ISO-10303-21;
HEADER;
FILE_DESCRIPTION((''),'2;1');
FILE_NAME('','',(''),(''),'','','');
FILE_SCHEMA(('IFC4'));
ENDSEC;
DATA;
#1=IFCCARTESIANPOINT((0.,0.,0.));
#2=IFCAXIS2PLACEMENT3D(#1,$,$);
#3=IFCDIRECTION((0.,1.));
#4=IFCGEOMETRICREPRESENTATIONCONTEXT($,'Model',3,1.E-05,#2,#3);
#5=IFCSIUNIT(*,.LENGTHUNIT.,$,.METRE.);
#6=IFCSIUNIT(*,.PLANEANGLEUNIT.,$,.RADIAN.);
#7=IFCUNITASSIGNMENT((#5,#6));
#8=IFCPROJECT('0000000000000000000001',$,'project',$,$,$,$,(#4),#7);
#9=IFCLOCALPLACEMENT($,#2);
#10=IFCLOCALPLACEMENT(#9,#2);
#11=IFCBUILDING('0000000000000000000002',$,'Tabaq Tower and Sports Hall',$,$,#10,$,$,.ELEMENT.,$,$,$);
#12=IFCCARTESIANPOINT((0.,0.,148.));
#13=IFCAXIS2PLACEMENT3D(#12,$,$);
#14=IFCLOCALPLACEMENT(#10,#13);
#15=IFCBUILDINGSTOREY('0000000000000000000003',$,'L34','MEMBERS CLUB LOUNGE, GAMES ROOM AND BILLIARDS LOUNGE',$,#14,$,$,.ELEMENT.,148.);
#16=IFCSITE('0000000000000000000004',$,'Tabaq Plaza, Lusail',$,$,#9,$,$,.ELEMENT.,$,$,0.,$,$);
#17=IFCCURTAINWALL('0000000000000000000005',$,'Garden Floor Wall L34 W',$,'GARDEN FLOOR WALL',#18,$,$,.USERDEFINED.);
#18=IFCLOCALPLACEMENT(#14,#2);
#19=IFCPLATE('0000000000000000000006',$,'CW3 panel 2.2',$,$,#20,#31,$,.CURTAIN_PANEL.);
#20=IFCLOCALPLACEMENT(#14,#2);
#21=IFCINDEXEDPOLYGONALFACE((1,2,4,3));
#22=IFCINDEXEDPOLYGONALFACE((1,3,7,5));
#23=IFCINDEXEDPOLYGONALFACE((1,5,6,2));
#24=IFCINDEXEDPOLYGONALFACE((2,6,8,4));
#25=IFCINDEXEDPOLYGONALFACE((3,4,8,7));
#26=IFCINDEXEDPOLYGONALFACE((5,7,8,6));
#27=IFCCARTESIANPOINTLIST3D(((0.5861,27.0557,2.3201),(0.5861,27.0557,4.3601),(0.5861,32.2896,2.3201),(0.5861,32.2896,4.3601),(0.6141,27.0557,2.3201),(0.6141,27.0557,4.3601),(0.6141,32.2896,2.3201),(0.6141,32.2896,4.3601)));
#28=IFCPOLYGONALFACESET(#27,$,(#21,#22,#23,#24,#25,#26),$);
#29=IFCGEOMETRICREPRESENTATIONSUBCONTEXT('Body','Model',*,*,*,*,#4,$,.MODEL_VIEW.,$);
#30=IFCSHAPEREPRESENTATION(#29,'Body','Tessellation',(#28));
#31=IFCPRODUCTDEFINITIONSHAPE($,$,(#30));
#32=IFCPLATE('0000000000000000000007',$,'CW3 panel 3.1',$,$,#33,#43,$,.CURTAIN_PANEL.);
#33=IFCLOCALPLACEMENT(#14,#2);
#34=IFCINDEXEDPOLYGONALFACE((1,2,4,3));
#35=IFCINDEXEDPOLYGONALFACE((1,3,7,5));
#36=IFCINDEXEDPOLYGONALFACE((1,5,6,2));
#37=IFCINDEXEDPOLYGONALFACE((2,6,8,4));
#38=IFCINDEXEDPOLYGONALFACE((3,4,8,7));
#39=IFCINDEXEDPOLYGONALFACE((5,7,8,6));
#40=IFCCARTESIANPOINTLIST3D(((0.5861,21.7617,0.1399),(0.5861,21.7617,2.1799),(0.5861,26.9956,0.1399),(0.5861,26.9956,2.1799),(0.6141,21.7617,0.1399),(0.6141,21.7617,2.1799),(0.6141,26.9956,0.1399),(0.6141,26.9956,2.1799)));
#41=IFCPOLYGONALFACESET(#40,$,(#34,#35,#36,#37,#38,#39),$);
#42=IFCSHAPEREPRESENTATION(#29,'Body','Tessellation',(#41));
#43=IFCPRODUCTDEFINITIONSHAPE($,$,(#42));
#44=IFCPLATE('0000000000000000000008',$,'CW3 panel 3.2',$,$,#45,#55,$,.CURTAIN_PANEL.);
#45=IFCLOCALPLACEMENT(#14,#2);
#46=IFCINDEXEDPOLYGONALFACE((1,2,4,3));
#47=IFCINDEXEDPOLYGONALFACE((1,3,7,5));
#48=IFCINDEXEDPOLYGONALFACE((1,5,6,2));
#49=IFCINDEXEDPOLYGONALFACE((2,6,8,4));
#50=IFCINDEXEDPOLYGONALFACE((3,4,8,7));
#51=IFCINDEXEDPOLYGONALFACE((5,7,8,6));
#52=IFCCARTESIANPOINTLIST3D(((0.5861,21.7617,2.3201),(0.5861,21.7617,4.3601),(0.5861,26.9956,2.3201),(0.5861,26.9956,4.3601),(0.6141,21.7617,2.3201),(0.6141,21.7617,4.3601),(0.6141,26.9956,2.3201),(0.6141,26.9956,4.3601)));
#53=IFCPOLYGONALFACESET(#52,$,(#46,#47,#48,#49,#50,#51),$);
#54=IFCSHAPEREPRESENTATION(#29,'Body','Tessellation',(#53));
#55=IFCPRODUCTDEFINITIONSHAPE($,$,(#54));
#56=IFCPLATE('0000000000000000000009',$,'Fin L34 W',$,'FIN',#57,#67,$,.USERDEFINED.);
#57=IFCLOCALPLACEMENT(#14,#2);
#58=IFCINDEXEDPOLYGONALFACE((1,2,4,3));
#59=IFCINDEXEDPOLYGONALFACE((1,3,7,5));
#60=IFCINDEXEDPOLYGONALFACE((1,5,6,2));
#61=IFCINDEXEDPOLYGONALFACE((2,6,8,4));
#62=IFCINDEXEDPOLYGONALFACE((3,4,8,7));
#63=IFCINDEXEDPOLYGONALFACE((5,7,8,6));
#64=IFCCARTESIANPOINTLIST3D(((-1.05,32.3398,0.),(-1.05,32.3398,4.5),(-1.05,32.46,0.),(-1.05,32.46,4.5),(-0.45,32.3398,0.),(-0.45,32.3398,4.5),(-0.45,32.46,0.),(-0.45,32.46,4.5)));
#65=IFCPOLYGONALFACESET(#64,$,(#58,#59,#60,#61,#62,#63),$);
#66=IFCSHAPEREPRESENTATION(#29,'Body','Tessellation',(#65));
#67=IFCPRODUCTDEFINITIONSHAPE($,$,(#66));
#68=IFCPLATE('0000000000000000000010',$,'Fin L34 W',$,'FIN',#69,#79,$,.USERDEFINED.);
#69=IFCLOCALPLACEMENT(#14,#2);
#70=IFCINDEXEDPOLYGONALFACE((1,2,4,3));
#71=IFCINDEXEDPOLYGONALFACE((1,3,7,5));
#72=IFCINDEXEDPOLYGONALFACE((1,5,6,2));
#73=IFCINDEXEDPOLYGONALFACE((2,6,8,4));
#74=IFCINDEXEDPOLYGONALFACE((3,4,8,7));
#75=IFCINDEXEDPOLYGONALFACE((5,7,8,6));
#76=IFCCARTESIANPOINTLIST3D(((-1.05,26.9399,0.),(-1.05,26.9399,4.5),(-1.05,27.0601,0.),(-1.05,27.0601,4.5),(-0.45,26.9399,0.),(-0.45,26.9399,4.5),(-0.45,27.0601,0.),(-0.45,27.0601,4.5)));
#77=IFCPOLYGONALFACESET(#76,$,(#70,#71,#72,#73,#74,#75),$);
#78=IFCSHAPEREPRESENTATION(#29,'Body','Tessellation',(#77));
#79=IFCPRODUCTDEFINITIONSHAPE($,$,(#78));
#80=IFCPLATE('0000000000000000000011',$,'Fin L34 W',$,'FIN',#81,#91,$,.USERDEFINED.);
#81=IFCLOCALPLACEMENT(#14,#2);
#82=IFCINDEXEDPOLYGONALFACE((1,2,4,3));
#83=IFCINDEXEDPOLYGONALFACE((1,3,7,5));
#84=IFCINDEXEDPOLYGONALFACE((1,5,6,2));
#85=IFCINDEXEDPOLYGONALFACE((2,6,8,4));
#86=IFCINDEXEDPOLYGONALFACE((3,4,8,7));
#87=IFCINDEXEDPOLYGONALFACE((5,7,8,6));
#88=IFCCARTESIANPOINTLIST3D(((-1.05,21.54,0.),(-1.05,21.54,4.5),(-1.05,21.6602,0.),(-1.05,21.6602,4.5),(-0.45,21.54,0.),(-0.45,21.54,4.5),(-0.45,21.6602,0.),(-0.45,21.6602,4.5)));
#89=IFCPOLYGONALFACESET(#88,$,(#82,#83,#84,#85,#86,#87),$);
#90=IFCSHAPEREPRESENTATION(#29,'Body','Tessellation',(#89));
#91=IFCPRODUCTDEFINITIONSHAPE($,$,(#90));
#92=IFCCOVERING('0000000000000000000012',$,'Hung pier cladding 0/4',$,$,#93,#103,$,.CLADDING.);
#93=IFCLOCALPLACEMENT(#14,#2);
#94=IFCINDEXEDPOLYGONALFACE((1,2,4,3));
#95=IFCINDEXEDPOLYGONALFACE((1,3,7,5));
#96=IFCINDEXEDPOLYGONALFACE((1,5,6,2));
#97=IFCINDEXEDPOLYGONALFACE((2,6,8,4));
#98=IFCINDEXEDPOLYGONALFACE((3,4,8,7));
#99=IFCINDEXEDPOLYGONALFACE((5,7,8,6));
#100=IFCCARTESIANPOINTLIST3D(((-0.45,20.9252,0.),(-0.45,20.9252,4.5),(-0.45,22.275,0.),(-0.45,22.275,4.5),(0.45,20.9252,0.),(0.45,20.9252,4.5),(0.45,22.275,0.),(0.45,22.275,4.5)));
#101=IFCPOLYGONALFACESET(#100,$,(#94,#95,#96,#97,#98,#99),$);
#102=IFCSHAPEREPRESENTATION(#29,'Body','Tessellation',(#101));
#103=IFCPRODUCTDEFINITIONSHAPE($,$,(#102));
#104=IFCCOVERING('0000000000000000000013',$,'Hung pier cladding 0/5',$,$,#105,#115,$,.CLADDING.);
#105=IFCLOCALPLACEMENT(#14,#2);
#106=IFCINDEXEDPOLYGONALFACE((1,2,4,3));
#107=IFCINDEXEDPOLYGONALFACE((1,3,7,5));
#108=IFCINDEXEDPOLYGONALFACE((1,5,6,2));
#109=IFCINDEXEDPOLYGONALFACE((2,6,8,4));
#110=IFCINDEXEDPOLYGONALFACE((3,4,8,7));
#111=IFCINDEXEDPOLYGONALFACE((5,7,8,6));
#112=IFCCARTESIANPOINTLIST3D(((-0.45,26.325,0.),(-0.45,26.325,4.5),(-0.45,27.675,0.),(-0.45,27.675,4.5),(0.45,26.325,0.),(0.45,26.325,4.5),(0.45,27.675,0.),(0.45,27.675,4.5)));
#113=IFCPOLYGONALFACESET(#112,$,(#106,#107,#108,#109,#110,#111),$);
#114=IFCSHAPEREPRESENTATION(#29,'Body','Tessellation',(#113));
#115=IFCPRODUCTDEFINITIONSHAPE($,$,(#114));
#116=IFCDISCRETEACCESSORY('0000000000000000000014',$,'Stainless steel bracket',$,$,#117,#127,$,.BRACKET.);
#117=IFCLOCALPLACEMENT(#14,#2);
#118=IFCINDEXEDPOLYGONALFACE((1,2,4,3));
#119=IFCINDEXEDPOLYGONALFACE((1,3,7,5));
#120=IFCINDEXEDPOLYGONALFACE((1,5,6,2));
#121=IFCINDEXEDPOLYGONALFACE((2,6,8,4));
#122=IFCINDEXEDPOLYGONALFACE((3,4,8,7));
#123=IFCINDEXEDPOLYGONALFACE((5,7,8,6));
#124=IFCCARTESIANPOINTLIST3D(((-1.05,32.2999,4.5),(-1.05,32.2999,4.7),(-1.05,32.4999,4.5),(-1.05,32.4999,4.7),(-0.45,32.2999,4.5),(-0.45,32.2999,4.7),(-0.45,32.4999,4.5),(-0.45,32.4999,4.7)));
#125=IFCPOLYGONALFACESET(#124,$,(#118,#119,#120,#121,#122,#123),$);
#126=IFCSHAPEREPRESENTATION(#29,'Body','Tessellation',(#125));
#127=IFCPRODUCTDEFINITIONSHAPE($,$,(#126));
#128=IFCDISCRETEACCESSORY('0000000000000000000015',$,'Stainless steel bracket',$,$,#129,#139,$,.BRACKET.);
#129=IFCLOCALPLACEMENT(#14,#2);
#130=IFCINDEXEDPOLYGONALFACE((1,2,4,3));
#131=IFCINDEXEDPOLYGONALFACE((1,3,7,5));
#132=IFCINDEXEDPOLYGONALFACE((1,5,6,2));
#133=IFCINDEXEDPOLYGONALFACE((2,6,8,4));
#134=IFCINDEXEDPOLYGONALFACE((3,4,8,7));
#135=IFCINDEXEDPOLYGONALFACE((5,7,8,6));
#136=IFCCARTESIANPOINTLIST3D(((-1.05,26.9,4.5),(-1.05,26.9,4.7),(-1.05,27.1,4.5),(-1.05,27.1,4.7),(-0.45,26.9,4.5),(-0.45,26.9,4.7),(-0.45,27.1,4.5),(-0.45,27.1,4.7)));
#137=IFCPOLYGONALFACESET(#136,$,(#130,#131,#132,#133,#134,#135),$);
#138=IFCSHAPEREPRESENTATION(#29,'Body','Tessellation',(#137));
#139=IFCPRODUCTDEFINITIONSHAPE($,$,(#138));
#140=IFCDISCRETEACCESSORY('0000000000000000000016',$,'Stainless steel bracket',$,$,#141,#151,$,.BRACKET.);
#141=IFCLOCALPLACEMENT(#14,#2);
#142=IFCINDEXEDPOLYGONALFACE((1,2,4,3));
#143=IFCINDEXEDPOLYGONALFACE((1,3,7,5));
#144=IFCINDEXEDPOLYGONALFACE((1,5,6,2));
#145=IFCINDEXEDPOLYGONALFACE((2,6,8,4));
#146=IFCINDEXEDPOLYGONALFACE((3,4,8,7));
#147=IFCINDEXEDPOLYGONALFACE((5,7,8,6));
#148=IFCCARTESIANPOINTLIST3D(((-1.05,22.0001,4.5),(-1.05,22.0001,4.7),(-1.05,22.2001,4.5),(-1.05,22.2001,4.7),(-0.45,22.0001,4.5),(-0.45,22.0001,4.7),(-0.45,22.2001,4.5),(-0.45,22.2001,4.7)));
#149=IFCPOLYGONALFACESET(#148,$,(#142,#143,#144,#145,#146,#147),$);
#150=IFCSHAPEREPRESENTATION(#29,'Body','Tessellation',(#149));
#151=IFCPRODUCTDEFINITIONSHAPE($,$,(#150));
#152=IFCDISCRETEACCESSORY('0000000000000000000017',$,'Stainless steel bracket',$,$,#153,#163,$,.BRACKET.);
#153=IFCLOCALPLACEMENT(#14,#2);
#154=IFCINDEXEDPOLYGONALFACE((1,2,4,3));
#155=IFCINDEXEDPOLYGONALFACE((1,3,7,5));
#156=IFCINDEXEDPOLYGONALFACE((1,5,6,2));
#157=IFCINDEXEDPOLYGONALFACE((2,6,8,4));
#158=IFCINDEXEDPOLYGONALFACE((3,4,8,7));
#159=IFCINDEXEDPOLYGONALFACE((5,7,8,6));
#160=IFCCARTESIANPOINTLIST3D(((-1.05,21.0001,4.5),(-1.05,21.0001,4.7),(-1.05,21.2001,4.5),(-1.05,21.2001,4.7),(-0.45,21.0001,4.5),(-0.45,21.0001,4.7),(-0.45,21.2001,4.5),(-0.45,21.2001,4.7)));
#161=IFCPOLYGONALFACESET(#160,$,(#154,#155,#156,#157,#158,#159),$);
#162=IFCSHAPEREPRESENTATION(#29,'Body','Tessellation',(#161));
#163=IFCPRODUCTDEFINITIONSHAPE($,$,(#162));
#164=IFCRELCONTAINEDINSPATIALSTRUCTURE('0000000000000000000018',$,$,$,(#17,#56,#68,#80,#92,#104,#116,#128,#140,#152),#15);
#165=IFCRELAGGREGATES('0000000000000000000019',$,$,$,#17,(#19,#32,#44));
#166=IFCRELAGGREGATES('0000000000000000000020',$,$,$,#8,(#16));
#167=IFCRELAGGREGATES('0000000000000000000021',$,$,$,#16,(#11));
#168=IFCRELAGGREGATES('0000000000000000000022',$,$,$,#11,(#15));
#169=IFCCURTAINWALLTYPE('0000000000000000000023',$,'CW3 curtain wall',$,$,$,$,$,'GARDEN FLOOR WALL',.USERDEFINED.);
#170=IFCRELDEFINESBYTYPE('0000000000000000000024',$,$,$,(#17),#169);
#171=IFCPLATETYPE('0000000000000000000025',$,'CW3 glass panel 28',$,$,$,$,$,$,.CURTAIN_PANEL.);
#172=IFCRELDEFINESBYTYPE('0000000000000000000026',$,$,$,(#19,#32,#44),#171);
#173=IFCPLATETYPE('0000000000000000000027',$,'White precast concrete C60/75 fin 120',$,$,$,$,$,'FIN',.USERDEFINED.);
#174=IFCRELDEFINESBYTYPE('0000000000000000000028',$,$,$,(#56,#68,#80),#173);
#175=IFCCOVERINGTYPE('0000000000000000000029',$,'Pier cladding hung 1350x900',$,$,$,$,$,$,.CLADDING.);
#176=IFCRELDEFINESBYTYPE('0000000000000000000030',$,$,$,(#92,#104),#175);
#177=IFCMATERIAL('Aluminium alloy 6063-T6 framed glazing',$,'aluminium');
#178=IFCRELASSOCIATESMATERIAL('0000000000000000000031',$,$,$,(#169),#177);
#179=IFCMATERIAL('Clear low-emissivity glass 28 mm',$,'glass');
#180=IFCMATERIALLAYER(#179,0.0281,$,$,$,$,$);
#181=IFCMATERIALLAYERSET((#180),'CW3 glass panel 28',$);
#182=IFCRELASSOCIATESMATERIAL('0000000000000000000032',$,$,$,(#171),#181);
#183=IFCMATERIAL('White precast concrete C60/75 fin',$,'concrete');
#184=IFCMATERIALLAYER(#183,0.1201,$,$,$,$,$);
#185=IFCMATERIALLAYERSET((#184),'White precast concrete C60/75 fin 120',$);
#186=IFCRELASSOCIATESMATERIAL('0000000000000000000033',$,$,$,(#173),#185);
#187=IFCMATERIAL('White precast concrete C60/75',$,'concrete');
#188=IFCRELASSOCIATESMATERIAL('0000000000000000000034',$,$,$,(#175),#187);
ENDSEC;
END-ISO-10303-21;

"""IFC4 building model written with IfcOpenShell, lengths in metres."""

from ifc_helpers import new_model, si_unit, direction, frame, frame_2d, origin, origin_2d, place, context, subcontext, project, spatial, rectangle, extrude, material, layer, layer_set, type_object, element, aggregate, save


model = new_model("IFC4")

# Units and contexts
model_context = context("Model", 3, precision=1e-05, world=origin(), true_north=direction((0.0, 1.0)))
body_context = subcontext(model_context, "Body", "Model", "MODEL_VIEW")
ifc_project = project(units=[si_unit("LENGTHUNIT", "METRE"), si_unit("PLANEANGLEUNIT", "RADIAN")], contexts=[model_context])

# Site, building, storey
site_placement = place(None, origin())
site = spatial("IfcSite", under=ifc_project, at=site_placement, Name="Tabaq Plaza, Lusail", CompositionType="ELEMENT", RefElevation=0.0)
building_placement = place(site_placement, origin())
building = spatial("IfcBuilding", under=site, at=building_placement, Name="Tabaq Tower and Sports Hall", CompositionType="ELEMENT")
storey_placement = place(building_placement, frame((0.0, 0.0, 148.0)))
storey = spatial("IfcBuildingStorey", under=building, at=storey_placement, Name="L34", Description="MEMBERS CLUB LOUNGE, GAMES ROOM AND BILLIARDS LOUNGE", CompositionType="ELEMENT", Elevation=148.0)

# Curtain wall
ifc_material_1 = material(Name="Aluminium alloy 6063-T6 framed glazing", Category="aluminium")
curtain_wall_type = type_object("IfcCurtainWallType", Name="CW3 curtain wall", ElementType="GARDEN FLOOR WALL", PredefinedType="USERDEFINED", material=ifc_material_1)
curtain_wall_placement = place(storey_placement, origin())
curtain_wall = element("IfcCurtainWall", 1, at=curtain_wall_placement, inside=storey, type_object=curtain_wall_type, Name="Garden Floor Wall L34 W", ObjectType="GARDEN FLOOR WALL", PredefinedType="USERDEFINED")

# Plates
ifc_material_2 = material(Name="Clear low-emissivity glass 28 mm", Category="glass")
ifc_layer_1 = layer(ifc_material_2, 0.0281)
ifc_layer_set_1 = layer_set([ifc_layer_1], Name="CW3 glass panel 28")
plate_type_1 = type_object("IfcPlateType", Name="CW3 glass panel 28", PredefinedType="CURTAIN_PANEL", material=ifc_layer_set_1)
plate_1_placement = place(storey_placement, frame((0.6001, 29.6726, 2.3201), z_axis=(0.0, 0.0, 1.0), x_axis=(0.0, -1.0, 0.0)))
plate_1 = element("IfcPlate", 2, at=plate_1_placement, type_object=plate_type_1, Name="CW3 panel 2.2", PredefinedType="CURTAIN_PANEL", context=body_context, shape_type="SweptSolid", body=[
    extrude(rectangle(XDim=5.2339, YDim=0.0281, at=origin_2d()), origin(), (0.0, 0.0, 1.0), 2.04),
])
plate_2_placement = place(storey_placement, frame((0.6001, 24.3787, 0.1399), z_axis=(0.0, 0.0, 1.0), x_axis=(0.0, -1.0, 0.0)))
plate_2 = element("IfcPlate", 3, at=plate_2_placement, type_object=plate_type_1, Name="CW3 panel 3.1", PredefinedType="CURTAIN_PANEL", context=body_context, shape_type="SweptSolid", body=[
    extrude(rectangle(XDim=5.2339, YDim=0.0281, at=origin_2d()), origin(), (0.0, 0.0, 1.0), 2.04),
])
plate_3_placement = place(storey_placement, frame((0.6001, 24.3787, 2.3201), z_axis=(0.0, 0.0, 1.0), x_axis=(0.0, -1.0, 0.0)))
plate_3 = element("IfcPlate", 4, at=plate_3_placement, type_object=plate_type_1, Name="CW3 panel 3.2", PredefinedType="CURTAIN_PANEL", context=body_context, shape_type="SweptSolid", body=[
    extrude(rectangle(XDim=5.2339, YDim=0.0281, at=origin_2d()), origin(), (0.0, 0.0, 1.0), 2.04),
])
aggregate(curtain_wall, [plate_1, plate_2, plate_3])

# Plates
ifc_material_3 = material(Name="White precast concrete C60/75 fin", Category="concrete")
ifc_layer_2 = layer(ifc_material_3, 0.1201)
ifc_layer_set_2 = layer_set([ifc_layer_2], Name="White precast concrete C60/75 fin 120")
plate_type_2 = type_object("IfcPlateType", Name="White precast concrete C60/75 fin 120", ElementType="FIN", PredefinedType="USERDEFINED", material=ifc_layer_set_2)
for number, where, z_axis, x_axis, name in (
    (5, (-0.75, 32.3999, 0.0), (0.0, 0.0, 1.0), (0.0, -1.0, 0.0), "Fin L34 W"),
    (6, (-0.75, 27.0, 0.0), (0.0, 0.0, 1.0), (0.0, -1.0, 0.0), "Fin L34 W"),
    (7, (-0.75, 21.6001, 0.0), (0.0, 0.0, 1.0), (0.0, -1.0, 0.0), "Fin L34 W"),
):
    element("IfcPlate", number, at=place(storey_placement, frame(where, z_axis=z_axis, x_axis=x_axis)), inside=storey, type_object=plate_type_2, Name=name, ObjectType="FIN", PredefinedType="USERDEFINED", context=body_context, shape_type="SweptSolid", body=[
        extrude(rectangle(XDim=0.1201, YDim=0.6001, at=origin_2d()), origin(), (0.0, 0.0, 1.0), 4.5),
    ])

# Coverings
ifc_material_4 = material(Name="White precast concrete C60/75", Category="concrete")
covering_type = type_object("IfcCoveringType", Name="Pier cladding hung 1350x900", PredefinedType="CLADDING", material=ifc_material_4)
covering_1_placement = place(storey_placement, frame((0.0, 22.2749, 0.0), z_axis=(0.0, 0.0, 1.0), x_axis=(0.0, -1.0, 0.0)))
element("IfcCovering", 8, at=covering_1_placement, inside=storey, type_object=covering_type, Name="Hung pier cladding 0/4", PredefinedType="CLADDING", context=body_context, shape_type="SweptSolid", body=[
    extrude(rectangle(XDim=1.3499, YDim=0.8999, at=frame_2d((0.6748, 0.0))), origin(), (0.0, 0.0, 1.0), 4.5),
])
covering_2_placement = place(storey_placement, frame((0.0, 27.675, 0.0), z_axis=(0.0, 0.0, 1.0), x_axis=(0.0, -1.0, 0.0)))
element("IfcCovering", 9, at=covering_2_placement, inside=storey, type_object=covering_type, Name="Hung pier cladding 0/5", PredefinedType="CLADDING", context=body_context, shape_type="SweptSolid", body=[
    extrude(rectangle(XDim=1.3501, YDim=0.8999, at=frame_2d((0.675, 0.0))), origin(), (0.0, 0.0, 1.0), 4.5),
])

# Discrete accessories
for number, where, z_axis, x_axis, name in (
    (10, (-0.75, 32.3999, 4.5), (0.0, 0.0, 1.0), (-1.0, 0.0, 0.0), "Stainless steel bracket"),
    (11, (-0.75, 27.0, 4.5), (0.0, 0.0, 1.0), (-1.0, 0.0, 0.0), "Stainless steel bracket"),
    (12, (-0.75, 22.1001, 4.5), (0.0, 0.0, 1.0), (-1.0, 0.0, 0.0), "Stainless steel bracket"),
    (13, (-0.75, 21.1001, 4.5), (0.0, 0.0, 1.0), (-1.0, 0.0, 0.0), "Stainless steel bracket"),
):
    element("IfcDiscreteAccessory", number, at=place(storey_placement, frame(where, z_axis=z_axis, x_axis=x_axis)), inside=storey, Name=name, PredefinedType="BRACKET", context=body_context, shape_type="SweptSolid", body=[
        extrude(rectangle(XDim=0.6001, YDim=0.2, at=origin_2d()), origin(), (0.0, 0.0, 1.0), 0.2),
    ])

save(model, "model.ifc")
